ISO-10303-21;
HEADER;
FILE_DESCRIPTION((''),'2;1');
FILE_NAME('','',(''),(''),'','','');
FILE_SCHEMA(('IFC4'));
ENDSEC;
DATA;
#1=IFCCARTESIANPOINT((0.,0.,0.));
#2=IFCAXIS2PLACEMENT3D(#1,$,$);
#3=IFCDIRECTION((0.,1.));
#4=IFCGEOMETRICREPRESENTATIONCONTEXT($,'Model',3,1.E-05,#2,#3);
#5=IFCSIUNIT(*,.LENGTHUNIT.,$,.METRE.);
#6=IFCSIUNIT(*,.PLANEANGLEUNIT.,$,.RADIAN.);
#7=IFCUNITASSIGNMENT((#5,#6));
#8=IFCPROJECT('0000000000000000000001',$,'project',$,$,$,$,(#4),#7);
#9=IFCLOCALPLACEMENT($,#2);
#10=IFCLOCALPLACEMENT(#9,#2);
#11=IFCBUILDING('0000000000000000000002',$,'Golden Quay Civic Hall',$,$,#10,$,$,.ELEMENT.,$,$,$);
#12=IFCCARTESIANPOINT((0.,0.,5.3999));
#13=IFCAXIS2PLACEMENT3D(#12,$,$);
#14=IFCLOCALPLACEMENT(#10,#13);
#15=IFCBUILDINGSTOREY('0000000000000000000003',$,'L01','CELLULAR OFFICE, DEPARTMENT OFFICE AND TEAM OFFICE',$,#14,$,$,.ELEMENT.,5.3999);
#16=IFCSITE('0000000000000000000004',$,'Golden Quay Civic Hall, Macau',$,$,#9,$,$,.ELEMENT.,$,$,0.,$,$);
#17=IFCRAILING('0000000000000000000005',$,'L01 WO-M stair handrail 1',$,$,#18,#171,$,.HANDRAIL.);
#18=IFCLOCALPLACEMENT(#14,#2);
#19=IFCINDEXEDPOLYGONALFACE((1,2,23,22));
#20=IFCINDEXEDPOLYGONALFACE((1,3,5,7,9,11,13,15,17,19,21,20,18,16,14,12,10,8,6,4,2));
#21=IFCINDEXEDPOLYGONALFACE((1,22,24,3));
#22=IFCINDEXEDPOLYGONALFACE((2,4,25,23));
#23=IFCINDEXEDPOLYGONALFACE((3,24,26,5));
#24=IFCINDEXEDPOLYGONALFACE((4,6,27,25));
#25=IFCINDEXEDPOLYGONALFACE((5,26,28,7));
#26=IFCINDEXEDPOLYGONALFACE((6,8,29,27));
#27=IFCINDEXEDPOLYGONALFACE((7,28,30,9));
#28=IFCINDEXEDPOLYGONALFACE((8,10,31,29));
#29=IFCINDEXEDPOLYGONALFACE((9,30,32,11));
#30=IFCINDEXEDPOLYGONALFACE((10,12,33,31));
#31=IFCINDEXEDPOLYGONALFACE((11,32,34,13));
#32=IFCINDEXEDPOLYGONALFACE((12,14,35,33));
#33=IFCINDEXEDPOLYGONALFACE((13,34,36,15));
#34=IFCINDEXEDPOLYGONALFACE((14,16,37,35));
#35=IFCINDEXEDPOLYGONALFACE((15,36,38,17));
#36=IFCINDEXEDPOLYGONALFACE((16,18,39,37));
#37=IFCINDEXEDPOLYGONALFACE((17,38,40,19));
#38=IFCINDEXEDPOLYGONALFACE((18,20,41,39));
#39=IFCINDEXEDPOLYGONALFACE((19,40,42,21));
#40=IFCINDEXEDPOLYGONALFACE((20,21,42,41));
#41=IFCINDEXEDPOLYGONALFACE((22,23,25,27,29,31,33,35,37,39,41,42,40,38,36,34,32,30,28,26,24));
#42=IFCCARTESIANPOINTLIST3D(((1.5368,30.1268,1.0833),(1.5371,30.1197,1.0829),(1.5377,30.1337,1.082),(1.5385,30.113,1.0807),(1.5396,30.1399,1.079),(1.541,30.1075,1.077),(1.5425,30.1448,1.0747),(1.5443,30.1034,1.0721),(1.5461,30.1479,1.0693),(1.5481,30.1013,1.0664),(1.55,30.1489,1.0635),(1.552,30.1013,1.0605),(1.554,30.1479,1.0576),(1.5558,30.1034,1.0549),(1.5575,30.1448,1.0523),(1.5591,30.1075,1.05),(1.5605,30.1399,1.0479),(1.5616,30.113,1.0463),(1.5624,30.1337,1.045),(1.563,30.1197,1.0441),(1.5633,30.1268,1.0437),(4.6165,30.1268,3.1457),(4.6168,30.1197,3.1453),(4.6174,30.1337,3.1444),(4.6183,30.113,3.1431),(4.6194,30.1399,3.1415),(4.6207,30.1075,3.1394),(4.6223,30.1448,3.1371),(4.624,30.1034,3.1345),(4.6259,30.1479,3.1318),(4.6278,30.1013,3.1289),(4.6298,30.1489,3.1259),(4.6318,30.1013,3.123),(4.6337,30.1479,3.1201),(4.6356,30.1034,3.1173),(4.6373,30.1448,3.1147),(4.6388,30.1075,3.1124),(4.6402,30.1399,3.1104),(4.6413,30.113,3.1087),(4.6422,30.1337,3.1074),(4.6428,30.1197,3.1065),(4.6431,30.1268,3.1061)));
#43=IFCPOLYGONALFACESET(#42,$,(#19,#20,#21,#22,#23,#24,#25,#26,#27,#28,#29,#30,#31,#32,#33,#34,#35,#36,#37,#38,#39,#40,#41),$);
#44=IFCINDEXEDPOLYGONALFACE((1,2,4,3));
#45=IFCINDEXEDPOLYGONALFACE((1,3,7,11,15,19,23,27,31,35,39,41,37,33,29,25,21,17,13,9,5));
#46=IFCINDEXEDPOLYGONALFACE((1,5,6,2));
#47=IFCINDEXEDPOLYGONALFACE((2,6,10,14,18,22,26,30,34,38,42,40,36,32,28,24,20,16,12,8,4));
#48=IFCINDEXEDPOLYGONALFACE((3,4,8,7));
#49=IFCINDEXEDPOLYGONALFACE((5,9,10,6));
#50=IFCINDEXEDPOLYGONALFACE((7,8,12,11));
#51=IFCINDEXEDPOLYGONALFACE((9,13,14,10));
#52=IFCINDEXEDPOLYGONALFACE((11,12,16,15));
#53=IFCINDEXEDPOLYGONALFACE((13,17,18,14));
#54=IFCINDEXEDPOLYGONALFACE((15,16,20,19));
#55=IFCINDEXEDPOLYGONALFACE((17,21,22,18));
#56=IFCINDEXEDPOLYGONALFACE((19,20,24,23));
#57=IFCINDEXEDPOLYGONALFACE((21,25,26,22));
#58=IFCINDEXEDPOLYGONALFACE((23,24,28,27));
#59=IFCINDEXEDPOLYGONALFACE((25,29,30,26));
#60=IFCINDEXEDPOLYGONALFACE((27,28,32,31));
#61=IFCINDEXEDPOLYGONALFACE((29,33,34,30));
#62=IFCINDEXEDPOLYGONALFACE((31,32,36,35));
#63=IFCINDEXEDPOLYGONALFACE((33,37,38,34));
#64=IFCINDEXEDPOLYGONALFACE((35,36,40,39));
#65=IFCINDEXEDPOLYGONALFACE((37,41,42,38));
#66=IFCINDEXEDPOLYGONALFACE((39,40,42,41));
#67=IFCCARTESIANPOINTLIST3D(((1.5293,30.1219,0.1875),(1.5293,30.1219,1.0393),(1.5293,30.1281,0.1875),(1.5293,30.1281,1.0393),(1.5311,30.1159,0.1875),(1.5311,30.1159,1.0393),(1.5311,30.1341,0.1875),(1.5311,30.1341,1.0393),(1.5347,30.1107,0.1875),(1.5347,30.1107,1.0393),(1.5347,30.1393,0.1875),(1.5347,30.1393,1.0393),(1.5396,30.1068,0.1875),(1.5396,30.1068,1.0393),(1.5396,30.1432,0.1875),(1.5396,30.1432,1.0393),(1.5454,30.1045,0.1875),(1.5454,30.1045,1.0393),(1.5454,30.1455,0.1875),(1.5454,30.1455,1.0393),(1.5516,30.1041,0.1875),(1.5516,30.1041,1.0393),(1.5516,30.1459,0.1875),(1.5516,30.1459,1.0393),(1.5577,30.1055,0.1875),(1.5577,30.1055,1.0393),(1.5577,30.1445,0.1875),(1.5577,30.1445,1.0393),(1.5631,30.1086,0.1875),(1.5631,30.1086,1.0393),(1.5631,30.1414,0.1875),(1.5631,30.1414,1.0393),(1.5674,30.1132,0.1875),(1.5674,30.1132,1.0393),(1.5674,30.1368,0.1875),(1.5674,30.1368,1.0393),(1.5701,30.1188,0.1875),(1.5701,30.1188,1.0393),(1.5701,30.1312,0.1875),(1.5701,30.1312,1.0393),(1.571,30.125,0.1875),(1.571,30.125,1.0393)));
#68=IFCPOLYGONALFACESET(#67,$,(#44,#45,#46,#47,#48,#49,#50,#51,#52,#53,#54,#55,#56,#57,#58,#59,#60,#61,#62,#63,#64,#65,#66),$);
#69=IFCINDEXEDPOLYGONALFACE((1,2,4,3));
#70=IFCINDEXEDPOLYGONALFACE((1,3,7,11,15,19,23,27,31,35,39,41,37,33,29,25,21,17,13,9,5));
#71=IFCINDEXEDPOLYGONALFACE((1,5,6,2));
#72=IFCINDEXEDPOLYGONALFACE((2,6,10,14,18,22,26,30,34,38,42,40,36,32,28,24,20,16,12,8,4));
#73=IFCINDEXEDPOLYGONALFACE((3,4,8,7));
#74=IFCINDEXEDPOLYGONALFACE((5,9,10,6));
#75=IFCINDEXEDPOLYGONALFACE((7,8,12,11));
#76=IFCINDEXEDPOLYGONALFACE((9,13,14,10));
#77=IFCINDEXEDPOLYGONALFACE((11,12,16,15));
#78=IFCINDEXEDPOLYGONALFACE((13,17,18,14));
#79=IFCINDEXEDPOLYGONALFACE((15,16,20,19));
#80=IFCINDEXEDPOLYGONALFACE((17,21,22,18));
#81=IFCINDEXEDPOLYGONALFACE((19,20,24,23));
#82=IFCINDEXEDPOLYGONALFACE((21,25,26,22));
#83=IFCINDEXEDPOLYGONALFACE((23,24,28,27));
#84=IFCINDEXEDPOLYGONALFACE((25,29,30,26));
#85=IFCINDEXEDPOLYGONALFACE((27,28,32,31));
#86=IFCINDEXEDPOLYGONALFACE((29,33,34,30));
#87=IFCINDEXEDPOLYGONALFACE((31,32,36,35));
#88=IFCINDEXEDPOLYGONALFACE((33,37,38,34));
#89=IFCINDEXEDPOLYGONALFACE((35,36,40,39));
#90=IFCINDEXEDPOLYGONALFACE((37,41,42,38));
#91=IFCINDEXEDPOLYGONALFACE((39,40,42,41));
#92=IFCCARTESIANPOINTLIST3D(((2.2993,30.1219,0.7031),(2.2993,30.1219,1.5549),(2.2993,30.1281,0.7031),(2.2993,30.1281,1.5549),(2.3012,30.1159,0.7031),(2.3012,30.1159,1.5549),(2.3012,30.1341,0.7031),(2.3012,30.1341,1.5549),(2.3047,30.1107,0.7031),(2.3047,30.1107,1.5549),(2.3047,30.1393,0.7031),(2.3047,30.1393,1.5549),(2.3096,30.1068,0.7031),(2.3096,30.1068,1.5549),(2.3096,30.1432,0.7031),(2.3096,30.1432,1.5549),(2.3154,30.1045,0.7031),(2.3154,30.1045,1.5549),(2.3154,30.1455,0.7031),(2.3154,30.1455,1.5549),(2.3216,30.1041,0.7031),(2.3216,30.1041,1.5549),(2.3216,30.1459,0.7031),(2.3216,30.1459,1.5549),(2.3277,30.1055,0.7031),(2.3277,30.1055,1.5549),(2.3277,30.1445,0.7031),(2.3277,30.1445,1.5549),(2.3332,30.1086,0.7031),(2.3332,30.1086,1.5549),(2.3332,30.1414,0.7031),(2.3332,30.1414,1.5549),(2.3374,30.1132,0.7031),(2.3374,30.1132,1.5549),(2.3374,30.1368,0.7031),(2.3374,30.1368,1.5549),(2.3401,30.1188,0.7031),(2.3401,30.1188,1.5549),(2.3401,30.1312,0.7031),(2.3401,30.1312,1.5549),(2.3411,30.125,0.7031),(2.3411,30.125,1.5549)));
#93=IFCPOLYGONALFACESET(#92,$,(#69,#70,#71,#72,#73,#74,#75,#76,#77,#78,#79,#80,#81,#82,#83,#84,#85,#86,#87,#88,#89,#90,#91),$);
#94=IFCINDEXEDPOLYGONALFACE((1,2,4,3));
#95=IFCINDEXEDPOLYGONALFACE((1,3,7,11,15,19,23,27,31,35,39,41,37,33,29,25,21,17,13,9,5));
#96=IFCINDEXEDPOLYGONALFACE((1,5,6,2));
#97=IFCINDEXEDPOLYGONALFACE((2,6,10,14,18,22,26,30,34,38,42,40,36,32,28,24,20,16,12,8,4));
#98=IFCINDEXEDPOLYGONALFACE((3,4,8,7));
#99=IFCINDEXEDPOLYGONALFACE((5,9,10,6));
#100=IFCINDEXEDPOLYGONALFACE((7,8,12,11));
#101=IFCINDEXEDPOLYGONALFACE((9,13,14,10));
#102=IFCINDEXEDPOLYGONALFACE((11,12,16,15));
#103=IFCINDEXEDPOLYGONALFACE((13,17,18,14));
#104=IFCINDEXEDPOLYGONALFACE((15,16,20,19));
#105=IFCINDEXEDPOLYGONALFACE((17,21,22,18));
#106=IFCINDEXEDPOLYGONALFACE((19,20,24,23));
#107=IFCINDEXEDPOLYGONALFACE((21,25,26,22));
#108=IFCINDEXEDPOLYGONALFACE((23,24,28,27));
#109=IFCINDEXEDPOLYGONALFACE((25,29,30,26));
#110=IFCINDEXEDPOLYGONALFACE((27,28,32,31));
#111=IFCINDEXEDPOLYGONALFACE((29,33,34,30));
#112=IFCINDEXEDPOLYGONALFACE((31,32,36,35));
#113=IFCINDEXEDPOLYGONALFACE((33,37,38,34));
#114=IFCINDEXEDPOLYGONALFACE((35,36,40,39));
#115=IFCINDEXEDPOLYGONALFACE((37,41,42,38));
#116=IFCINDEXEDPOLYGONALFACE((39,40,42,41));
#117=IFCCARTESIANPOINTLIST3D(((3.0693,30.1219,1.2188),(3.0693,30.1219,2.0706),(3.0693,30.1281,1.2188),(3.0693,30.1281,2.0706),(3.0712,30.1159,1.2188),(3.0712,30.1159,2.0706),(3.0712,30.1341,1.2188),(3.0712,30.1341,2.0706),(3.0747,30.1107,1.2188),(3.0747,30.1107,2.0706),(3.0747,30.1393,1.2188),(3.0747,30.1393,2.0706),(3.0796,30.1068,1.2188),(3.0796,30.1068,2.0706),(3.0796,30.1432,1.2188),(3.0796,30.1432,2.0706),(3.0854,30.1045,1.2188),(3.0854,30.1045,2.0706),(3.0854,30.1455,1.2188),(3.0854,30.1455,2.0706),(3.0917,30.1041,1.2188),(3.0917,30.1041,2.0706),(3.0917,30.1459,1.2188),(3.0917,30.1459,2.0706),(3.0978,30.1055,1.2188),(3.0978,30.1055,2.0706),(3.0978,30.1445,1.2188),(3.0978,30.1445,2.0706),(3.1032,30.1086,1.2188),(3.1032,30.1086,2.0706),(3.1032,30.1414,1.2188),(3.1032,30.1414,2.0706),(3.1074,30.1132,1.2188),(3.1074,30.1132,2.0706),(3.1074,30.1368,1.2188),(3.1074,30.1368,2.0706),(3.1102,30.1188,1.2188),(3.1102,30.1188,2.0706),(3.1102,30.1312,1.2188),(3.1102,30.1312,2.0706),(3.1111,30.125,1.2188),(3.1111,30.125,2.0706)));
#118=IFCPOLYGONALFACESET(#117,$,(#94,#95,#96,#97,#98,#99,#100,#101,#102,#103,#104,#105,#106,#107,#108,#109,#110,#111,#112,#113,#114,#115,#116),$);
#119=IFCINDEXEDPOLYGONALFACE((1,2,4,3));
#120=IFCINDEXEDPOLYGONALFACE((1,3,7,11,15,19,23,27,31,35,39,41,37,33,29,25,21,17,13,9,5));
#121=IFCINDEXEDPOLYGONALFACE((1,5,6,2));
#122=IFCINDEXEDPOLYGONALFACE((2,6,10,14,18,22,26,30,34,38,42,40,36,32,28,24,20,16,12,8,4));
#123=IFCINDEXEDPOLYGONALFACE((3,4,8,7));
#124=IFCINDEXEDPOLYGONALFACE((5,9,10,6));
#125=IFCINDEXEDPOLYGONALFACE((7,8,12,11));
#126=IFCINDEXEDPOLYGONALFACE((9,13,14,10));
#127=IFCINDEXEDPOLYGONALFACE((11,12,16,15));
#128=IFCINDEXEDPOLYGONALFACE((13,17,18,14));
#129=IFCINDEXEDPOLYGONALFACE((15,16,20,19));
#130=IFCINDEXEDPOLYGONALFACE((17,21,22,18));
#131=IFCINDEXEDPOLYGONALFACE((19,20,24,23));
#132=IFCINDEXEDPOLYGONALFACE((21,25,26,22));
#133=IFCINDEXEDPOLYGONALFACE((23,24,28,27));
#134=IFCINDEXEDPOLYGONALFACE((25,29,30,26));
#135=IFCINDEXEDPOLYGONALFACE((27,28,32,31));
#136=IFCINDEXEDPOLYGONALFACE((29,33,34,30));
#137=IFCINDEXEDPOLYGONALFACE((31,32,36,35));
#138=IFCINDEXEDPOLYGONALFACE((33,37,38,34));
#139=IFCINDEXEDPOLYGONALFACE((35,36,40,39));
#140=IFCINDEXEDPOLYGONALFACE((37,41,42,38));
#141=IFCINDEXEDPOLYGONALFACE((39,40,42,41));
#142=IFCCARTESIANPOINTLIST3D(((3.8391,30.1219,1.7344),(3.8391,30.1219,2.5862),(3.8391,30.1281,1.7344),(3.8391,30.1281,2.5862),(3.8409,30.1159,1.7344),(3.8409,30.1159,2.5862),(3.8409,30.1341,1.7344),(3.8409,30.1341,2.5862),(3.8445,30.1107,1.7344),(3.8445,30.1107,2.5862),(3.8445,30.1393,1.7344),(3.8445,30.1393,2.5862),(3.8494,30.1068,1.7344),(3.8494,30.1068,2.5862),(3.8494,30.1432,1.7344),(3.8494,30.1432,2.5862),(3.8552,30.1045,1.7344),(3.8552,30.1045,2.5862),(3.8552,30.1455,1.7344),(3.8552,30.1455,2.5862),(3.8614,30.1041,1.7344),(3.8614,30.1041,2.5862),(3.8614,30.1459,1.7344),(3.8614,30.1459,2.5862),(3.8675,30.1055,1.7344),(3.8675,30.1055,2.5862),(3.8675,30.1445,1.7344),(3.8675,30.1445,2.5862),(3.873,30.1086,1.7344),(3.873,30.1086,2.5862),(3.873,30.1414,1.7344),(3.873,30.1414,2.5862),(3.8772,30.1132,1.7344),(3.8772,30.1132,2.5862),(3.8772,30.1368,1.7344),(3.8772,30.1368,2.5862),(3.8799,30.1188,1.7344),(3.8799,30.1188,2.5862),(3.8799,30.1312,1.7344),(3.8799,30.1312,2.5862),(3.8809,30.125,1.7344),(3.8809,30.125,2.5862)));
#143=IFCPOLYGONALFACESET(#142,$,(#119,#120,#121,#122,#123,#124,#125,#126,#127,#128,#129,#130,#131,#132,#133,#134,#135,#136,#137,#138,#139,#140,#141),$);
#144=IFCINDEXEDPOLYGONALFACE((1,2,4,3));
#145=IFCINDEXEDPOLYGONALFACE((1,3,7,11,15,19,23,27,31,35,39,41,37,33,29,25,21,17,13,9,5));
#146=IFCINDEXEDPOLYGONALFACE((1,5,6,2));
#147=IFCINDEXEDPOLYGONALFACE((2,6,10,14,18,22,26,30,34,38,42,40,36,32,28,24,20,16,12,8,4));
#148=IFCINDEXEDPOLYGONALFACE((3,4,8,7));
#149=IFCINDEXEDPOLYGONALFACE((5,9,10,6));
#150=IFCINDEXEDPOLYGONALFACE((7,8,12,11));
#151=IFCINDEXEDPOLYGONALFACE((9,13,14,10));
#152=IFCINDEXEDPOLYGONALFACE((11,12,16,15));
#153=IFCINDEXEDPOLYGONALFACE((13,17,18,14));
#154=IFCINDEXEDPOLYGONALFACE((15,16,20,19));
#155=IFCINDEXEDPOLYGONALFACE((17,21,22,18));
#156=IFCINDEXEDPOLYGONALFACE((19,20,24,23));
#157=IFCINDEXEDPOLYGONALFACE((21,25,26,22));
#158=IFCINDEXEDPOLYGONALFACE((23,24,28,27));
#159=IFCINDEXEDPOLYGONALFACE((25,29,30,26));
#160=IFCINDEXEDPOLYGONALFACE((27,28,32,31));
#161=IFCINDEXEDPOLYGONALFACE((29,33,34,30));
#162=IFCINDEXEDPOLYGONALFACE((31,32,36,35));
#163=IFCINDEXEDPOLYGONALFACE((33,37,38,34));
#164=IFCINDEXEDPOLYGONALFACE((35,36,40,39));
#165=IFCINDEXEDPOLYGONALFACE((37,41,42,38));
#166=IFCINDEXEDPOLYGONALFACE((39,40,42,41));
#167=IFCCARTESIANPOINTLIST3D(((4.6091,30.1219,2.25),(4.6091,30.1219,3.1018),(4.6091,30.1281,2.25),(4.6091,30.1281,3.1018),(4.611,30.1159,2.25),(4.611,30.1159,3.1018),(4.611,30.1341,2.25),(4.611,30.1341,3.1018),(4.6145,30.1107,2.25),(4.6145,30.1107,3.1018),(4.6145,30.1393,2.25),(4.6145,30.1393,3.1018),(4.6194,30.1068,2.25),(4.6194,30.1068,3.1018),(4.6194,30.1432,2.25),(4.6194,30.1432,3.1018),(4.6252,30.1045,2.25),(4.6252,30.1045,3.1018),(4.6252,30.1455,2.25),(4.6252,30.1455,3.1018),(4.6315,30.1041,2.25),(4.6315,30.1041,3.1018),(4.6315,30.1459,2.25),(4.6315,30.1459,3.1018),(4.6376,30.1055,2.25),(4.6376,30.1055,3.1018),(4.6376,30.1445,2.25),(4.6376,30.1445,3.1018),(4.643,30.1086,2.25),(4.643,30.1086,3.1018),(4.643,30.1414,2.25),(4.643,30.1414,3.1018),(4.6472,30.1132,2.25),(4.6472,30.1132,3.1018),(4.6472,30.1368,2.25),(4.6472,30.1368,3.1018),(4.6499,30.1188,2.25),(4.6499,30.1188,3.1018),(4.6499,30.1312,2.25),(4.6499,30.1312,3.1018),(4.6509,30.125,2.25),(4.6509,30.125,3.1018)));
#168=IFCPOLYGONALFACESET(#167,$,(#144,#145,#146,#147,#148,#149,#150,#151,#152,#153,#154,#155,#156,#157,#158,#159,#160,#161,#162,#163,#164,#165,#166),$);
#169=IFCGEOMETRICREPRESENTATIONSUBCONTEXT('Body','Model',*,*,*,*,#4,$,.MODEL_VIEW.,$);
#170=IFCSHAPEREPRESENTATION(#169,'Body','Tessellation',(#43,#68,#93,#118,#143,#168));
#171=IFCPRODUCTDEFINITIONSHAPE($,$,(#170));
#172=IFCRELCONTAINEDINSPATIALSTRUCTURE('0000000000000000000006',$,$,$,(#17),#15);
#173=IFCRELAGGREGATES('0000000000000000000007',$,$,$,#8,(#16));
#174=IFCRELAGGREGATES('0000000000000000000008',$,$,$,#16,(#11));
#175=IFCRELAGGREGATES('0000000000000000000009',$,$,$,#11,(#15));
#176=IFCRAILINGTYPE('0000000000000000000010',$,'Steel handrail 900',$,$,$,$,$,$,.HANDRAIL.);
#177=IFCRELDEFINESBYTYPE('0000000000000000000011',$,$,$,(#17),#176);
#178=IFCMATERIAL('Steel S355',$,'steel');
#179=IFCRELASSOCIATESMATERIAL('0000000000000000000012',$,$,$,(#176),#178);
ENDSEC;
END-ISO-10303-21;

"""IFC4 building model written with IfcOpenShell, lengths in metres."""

from ifc_helpers import new_model, si_unit, direction, frame, origin, origin_2d, place, context, subcontext, project, spatial, circle, extrude, material, type_object, element, save


model = new_model("IFC4")

# Units and contexts
model_context = context("Model", 3, precision=1e-05, world=origin(), true_north=direction((0.0, 1.0)))
body_context = subcontext(model_context, "Body", "Model", "MODEL_VIEW")
ifc_project = project(units=[si_unit("LENGTHUNIT", "METRE"), si_unit("PLANEANGLEUNIT", "RADIAN")], contexts=[model_context])

# Site, building, storey
site_placement = place(None, origin())
site = spatial("IfcSite", under=ifc_project, at=site_placement, Name="Golden Quay Civic Hall, Macau", CompositionType="ELEMENT", RefElevation=0.0)
building_placement = place(site_placement, origin())
building = spatial("IfcBuilding", under=site, at=building_placement, Name="Golden Quay Civic Hall", CompositionType="ELEMENT")
storey_placement = place(building_placement, frame((0.0, 0.0, 5.3999)))
storey = spatial("IfcBuildingStorey", under=building, at=storey_placement, Name="L01", Description="CELLULAR OFFICE, DEPARTMENT OFFICE AND TEAM OFFICE", CompositionType="ELEMENT", Elevation=5.3999)

# Railing
ifc_material_1 = material(Name="Steel S355", Category="steel")
railing_type_1 = type_object("IfcRailingType", Name="Steel handrail 900", PredefinedType="HANDRAIL", material=ifc_material_1)
railing_1_placement = place(storey_placement, frame((1.55, 30.125, 0.1875)))
element("IfcRailing", 1, at=railing_1_placement, inside=storey, type_object=railing_type_1, Name="L01 WO-M stair handrail 1", PredefinedType="HANDRAIL", context=body_context, shape_type="SweptSolid", body=[
    extrude(circle(Radius=0.0239, at=origin_2d()), frame((0.0, 0.0, 0.876), z_axis=(0.830893, 0.0, 0.556432), x_axis=(0.0, 1.0, 0.0)), (0.0, 0.0, 1.0), 3.7065),
    extrude(circle(Radius=0.021, at=origin_2d()), origin(), (0.0, 0.0, 1.0), 0.8518),
    extrude(circle(Radius=0.021, at=origin_2d()), frame((0.77, 0.0, 0.5156)), (0.0, 0.0, 1.0), 0.8518),
    extrude(circle(Radius=0.021, at=origin_2d()), frame((1.54, 0.0, 1.0312)), (0.0, 0.0, 1.0), 0.8518),
    extrude(circle(Radius=0.021, at=origin_2d()), frame((2.3098, 0.0, 1.5469)), (0.0, 0.0, 1.0), 0.8518),
    extrude(circle(Radius=0.021, at=origin_2d()), frame((3.0798, 0.0, 2.0625)), (0.0, 0.0, 1.0), 0.8518),
])

save(model, "model.ifc")
